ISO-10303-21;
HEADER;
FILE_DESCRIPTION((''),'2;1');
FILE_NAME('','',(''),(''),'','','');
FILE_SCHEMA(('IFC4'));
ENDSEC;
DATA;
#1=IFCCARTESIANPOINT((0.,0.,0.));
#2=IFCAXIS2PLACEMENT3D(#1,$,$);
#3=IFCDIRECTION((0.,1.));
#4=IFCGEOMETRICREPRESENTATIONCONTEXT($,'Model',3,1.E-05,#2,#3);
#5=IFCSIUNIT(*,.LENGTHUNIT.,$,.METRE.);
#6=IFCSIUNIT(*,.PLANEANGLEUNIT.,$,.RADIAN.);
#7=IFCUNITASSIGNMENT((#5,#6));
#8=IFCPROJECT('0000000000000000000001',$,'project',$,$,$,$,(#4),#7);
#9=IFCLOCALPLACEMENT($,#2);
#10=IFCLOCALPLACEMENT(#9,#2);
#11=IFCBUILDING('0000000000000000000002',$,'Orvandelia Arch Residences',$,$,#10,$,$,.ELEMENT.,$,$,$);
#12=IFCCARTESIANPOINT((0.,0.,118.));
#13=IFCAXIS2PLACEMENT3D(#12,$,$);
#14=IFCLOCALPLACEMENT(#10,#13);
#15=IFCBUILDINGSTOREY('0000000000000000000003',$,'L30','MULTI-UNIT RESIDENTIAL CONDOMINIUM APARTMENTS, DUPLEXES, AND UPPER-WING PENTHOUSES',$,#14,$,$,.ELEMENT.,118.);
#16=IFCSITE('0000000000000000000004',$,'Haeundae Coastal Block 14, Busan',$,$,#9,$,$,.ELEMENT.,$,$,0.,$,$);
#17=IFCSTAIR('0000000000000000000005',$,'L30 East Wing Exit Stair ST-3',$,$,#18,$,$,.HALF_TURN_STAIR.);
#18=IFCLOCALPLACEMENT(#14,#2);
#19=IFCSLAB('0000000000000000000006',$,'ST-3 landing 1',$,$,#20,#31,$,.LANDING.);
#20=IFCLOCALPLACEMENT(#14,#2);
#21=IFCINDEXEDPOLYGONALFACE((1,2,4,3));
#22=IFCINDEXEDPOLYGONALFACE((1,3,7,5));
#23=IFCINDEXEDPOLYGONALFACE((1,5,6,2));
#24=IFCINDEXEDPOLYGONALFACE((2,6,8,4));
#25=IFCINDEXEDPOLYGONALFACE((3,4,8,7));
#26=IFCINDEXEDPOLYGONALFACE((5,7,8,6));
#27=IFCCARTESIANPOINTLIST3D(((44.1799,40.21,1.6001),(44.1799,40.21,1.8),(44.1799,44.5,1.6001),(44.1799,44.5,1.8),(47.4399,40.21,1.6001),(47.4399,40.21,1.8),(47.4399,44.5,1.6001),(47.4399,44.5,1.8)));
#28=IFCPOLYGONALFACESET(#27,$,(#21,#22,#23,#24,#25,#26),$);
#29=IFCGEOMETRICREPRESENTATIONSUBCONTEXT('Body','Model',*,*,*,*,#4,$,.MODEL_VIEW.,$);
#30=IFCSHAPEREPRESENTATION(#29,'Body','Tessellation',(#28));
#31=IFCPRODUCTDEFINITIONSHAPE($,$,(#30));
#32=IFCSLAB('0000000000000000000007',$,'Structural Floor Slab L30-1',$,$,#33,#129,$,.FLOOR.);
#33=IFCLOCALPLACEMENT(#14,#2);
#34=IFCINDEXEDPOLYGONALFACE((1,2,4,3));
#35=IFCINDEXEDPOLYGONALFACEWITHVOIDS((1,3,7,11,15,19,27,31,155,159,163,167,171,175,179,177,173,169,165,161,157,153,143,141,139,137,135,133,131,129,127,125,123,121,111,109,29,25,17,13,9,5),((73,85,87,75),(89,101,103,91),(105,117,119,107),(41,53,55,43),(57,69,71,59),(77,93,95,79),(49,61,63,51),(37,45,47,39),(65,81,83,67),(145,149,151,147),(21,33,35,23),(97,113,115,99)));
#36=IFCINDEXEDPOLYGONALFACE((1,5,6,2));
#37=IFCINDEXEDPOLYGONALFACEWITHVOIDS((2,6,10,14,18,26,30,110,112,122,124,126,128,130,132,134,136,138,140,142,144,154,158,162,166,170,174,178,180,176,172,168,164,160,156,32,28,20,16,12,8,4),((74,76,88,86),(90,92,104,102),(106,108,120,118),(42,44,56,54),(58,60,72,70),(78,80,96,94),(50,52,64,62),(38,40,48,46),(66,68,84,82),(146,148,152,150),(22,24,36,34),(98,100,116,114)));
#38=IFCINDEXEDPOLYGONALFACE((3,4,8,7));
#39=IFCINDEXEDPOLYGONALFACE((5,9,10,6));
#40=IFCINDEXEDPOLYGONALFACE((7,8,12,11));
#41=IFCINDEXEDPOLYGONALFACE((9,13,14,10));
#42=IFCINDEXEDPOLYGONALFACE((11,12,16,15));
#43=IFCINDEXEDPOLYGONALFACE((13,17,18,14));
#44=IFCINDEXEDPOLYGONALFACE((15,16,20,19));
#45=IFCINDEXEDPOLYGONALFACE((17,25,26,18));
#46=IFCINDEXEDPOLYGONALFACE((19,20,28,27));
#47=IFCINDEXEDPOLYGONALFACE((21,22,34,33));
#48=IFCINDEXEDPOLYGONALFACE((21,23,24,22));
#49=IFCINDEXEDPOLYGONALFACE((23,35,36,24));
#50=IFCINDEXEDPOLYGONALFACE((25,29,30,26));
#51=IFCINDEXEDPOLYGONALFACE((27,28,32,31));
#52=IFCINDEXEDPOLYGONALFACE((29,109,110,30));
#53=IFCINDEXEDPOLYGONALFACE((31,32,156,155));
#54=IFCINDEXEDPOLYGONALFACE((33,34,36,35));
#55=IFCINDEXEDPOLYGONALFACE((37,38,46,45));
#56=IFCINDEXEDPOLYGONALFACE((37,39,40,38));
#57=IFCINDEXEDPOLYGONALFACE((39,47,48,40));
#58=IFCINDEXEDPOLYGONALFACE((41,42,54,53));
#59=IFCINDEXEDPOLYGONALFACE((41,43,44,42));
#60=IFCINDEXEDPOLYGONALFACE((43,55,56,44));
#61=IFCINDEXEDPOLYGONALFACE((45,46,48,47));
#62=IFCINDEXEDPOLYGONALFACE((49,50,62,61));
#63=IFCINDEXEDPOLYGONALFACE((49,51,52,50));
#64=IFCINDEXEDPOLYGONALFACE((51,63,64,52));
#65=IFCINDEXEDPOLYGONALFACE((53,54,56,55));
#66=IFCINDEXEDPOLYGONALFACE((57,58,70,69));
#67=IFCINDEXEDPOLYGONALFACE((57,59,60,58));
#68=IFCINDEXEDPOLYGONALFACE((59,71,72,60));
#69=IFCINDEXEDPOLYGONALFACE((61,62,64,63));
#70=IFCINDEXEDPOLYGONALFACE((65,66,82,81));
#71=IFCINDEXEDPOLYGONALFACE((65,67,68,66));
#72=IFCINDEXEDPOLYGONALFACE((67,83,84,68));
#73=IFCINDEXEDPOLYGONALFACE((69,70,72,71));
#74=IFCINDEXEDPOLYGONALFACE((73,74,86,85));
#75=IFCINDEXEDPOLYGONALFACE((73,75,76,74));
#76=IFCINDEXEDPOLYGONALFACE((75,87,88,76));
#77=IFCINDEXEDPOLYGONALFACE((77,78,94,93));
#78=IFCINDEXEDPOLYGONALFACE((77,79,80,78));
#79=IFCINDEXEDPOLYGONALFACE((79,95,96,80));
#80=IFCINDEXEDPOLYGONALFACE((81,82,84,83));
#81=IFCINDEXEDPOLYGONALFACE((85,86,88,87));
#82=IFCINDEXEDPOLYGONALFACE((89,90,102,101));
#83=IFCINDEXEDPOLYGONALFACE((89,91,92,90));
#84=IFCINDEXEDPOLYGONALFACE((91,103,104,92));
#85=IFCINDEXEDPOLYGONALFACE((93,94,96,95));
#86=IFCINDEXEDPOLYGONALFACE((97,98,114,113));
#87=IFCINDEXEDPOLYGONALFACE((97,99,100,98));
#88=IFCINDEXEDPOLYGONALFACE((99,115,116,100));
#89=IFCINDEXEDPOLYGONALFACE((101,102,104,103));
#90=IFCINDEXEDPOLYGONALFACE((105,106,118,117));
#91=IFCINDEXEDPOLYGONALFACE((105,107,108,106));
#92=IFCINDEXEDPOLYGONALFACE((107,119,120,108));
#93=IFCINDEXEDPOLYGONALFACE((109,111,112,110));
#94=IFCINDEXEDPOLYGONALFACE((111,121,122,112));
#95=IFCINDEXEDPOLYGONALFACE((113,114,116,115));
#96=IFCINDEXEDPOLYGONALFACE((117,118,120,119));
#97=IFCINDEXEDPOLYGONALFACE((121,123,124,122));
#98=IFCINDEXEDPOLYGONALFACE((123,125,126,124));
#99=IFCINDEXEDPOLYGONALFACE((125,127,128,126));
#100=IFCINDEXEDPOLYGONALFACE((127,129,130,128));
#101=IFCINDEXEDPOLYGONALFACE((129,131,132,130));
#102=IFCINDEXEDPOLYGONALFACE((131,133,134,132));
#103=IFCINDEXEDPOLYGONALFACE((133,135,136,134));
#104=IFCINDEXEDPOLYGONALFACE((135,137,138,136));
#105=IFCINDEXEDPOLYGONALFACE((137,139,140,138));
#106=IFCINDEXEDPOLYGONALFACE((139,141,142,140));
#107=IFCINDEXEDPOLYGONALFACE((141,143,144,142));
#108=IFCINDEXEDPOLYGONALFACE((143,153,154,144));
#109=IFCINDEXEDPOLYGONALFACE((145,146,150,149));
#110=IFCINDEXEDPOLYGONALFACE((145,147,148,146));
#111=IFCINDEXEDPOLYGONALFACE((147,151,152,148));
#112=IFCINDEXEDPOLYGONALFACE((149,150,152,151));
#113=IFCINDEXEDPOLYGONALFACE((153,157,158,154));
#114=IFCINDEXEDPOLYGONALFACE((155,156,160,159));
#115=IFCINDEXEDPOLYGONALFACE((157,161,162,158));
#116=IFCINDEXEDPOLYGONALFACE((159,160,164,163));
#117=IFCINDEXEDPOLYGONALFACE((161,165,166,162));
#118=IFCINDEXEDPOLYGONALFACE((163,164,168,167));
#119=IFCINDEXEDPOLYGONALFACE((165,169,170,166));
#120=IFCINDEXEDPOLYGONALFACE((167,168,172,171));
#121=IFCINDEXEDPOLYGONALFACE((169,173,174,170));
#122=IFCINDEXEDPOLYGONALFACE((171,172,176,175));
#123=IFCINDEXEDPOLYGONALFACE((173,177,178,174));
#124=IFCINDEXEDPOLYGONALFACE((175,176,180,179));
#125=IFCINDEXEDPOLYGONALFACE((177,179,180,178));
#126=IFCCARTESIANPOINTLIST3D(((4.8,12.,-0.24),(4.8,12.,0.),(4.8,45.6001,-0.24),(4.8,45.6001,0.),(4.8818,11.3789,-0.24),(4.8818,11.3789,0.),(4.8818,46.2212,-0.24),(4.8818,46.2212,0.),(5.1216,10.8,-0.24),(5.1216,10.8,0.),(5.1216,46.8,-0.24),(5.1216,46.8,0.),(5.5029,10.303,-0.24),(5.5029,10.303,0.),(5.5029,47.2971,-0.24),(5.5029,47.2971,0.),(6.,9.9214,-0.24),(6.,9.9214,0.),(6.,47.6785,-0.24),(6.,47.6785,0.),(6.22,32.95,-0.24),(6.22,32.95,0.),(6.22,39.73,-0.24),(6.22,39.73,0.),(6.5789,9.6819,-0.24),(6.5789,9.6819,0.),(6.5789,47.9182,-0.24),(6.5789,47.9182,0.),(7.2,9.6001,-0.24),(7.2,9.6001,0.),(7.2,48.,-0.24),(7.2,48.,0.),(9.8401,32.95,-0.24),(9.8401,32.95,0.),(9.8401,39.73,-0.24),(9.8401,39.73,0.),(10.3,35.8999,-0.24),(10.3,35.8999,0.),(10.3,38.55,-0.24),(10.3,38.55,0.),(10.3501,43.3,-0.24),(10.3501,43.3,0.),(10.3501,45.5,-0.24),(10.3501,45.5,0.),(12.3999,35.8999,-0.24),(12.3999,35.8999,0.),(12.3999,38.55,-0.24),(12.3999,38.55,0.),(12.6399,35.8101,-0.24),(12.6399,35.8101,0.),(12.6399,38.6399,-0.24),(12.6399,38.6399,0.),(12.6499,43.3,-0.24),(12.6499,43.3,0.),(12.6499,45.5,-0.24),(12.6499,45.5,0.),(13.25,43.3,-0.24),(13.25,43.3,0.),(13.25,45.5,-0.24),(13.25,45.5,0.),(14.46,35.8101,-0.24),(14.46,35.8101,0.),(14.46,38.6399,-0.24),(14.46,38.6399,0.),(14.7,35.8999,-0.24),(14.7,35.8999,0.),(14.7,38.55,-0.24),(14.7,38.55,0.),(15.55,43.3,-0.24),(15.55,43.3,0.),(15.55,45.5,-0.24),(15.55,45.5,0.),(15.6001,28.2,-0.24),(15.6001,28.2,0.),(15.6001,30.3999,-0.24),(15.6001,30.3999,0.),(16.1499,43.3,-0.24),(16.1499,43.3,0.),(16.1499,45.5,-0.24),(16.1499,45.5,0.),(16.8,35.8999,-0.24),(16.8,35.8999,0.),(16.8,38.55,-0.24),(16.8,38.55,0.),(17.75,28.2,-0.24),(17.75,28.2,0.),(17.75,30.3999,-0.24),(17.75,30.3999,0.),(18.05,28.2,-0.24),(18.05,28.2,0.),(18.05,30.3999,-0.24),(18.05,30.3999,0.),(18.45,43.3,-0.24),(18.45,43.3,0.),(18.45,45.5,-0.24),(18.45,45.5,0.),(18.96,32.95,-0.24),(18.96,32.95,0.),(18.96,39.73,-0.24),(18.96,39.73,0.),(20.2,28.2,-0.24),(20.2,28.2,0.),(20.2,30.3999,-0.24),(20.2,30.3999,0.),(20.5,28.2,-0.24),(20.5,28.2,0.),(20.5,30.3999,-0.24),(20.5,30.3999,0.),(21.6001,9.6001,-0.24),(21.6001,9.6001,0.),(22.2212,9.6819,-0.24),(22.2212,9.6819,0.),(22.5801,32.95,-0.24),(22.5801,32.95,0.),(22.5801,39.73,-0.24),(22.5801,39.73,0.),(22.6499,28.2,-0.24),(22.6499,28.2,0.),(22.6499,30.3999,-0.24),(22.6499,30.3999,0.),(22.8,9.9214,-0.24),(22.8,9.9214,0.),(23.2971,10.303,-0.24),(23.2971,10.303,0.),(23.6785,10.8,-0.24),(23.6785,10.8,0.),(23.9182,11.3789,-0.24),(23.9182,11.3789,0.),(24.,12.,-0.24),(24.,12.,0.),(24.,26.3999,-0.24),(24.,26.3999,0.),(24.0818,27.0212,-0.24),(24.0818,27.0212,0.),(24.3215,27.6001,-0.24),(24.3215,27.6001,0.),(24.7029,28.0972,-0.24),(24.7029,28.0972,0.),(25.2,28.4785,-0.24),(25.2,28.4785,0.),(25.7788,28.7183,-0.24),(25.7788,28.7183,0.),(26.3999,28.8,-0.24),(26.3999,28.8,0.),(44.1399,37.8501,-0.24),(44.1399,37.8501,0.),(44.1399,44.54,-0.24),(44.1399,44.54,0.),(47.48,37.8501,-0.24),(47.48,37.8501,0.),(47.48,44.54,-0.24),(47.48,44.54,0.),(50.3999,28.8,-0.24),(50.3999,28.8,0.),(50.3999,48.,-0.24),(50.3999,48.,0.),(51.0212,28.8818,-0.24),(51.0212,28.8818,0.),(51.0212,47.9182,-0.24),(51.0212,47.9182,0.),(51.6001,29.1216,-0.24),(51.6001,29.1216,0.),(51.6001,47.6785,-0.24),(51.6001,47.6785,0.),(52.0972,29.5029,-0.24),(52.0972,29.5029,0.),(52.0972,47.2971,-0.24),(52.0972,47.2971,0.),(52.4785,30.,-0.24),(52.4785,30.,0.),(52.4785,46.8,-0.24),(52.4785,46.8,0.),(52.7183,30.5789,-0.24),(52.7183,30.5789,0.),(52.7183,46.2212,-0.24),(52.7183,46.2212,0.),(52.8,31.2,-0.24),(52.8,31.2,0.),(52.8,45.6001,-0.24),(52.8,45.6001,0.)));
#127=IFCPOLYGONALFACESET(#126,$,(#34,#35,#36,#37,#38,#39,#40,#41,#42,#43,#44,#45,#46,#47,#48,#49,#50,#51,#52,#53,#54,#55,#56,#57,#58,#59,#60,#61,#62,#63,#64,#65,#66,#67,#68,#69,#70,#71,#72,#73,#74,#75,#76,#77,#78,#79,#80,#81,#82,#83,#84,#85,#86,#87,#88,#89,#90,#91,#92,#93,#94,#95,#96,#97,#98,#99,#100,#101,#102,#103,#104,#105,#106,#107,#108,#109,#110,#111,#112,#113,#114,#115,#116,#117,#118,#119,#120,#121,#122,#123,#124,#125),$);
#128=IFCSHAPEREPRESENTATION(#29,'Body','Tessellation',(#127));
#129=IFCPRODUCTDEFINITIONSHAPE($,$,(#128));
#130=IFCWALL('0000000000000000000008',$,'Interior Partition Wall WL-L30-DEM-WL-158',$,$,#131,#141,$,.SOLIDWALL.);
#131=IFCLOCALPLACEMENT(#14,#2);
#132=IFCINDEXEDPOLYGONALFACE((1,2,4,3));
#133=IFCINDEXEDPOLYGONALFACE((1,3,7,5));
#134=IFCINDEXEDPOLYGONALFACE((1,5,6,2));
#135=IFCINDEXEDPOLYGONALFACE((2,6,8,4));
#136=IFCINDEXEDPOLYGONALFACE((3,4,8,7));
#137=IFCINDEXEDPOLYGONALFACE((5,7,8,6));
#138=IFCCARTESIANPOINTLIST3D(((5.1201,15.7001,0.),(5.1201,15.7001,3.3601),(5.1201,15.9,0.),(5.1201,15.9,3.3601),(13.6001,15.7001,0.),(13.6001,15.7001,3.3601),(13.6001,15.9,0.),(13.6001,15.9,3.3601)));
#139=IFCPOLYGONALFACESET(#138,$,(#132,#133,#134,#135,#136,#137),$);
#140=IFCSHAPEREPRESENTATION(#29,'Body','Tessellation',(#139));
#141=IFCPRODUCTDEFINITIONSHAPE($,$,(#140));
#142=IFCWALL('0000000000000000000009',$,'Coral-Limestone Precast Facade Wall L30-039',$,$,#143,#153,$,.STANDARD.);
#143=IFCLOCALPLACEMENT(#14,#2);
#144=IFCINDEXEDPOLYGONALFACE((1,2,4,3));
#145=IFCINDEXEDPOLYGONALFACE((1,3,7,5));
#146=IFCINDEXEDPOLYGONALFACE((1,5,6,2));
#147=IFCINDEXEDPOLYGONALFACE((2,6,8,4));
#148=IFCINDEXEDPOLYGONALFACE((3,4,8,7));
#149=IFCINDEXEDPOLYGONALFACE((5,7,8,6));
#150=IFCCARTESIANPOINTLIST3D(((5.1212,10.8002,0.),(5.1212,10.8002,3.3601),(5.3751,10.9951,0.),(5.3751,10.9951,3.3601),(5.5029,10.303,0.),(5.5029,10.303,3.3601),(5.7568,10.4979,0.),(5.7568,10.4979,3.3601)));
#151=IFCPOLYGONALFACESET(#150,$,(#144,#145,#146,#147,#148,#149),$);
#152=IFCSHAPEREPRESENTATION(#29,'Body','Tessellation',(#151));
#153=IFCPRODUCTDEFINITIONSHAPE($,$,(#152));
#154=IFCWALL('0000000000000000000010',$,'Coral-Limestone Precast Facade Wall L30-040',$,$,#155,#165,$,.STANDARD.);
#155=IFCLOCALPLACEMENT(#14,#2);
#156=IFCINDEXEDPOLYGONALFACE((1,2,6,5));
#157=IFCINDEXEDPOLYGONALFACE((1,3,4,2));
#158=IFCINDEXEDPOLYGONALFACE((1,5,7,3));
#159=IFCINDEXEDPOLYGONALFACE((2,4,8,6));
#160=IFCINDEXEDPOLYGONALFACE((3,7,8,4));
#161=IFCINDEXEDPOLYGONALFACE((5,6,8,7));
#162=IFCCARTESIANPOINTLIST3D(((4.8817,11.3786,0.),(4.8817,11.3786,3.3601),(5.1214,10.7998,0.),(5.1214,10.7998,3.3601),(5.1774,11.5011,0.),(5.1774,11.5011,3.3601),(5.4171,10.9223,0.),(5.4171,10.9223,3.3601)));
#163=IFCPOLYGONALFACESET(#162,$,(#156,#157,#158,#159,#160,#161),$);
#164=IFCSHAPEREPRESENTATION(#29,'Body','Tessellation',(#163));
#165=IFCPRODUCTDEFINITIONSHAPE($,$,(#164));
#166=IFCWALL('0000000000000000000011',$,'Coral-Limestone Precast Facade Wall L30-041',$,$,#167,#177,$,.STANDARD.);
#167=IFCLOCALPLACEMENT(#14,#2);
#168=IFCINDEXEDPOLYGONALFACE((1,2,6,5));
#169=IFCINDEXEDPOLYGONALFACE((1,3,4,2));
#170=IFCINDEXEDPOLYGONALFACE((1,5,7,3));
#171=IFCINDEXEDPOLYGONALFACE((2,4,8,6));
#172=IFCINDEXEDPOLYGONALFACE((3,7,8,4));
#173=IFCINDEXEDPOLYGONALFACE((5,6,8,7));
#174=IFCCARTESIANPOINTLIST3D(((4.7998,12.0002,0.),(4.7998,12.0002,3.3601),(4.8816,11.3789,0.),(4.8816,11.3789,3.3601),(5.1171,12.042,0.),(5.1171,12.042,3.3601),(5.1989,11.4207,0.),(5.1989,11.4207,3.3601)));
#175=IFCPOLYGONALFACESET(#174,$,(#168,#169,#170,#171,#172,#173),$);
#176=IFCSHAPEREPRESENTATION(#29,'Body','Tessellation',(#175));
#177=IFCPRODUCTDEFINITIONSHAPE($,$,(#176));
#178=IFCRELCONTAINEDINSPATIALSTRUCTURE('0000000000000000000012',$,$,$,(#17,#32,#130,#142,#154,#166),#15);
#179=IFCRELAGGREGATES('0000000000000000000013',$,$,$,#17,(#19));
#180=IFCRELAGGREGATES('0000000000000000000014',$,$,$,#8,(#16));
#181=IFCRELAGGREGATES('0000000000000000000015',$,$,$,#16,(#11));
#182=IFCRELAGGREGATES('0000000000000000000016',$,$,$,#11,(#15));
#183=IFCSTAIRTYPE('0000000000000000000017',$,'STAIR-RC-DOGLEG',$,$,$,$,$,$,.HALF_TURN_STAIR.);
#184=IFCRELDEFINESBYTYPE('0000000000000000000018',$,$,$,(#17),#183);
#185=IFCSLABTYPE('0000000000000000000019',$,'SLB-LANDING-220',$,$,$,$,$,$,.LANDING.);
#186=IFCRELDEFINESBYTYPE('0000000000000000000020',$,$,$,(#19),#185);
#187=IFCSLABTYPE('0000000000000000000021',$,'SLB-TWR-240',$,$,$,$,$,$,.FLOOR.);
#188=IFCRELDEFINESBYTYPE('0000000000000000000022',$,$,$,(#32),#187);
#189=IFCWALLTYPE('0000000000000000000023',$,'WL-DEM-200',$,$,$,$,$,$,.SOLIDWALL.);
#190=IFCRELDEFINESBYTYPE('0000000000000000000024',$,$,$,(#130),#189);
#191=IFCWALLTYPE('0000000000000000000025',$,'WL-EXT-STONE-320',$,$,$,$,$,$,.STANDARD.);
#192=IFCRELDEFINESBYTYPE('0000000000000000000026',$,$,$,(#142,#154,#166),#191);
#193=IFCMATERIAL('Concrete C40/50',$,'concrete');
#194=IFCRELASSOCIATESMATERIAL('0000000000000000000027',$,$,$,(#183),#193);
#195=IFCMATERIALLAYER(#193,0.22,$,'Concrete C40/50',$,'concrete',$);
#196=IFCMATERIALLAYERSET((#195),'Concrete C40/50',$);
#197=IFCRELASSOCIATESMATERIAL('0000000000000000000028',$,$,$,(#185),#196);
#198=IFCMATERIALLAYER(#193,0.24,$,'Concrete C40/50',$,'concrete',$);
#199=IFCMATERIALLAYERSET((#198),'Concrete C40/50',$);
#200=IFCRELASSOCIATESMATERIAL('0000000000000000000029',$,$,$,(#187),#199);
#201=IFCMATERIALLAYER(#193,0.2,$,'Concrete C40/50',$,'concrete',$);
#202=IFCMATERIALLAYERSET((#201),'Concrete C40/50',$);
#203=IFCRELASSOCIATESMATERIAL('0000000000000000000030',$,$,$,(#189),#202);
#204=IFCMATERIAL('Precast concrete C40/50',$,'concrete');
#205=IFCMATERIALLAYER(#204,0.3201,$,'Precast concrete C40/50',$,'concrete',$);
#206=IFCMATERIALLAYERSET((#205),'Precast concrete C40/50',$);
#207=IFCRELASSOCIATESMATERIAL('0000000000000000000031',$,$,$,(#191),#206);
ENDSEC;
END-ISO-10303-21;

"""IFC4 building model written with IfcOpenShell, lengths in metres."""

from ifc_helpers import new_model, si_unit, direction, frame, frame_2d, origin, place, context, subcontext, project, spatial, polyline, rectangle, outline, extrude, material, layer, layer_set, type_object, element, aggregate, save


model = new_model("IFC4")

# Units and contexts
model_context = context("Model", 3, precision=1e-05, world=origin(), true_north=direction((0.0, 1.0)))
body_context = subcontext(model_context, "Body", "Model", "MODEL_VIEW")
ifc_project = project(units=[si_unit("LENGTHUNIT", "METRE"), si_unit("PLANEANGLEUNIT", "RADIAN")], contexts=[model_context])

# Site, building, storey
site_placement = place(None, origin())
site = spatial("IfcSite", under=ifc_project, at=site_placement, Name="Haeundae Coastal Block 14, Busan", CompositionType="ELEMENT", RefElevation=0.0)
building_placement = place(site_placement, origin())
building = spatial("IfcBuilding", under=site, at=building_placement, Name="Orvandelia Arch Residences", CompositionType="ELEMENT")
storey_placement = place(building_placement, frame((0.0, 0.0, 118.0)))
storey = spatial("IfcBuildingStorey", under=building, at=storey_placement, Name="L30", Description="MULTI-UNIT RESIDENTIAL CONDOMINIUM APARTMENTS, DUPLEXES, AND UPPER-WING PENTHOUSES", CompositionType="ELEMENT", Elevation=118.0)

# Shared definitions
ifc_material_1 = material(Name="Precast concrete C40/50", Category="concrete")

# Stair, slab
ifc_material_2 = material(Name="Concrete C40/50", Category="concrete")
stair_type = type_object("IfcStairType", Name="STAIR-RC-DOGLEG", PredefinedType="HALF_TURN_STAIR", material=ifc_material_2)
ifc_layer_1 = layer(ifc_material_2, 0.22, Name="Concrete C40/50", Category="concrete")
ifc_layer_set_1 = layer_set([ifc_layer_1], Name="Concrete C40/50")
slab_type_1 = type_object("IfcSlabType", Name="SLB-LANDING-220", PredefinedType="LANDING", material=ifc_layer_set_1)
stair_1_placement = place(storey_placement, origin())
stair_1 = element("IfcStair", 1, at=stair_1_placement, inside=storey, type_object=stair_type, Name="L30 East Wing Exit Stair ST-3", PredefinedType="HALF_TURN_STAIR")
slab_1_placement = place(storey_placement, frame((0.0, 0.0, 1.6001)))
slab_1 = element("IfcSlab", 2, at=slab_1_placement, type_object=slab_type_1, Name="ST-3 landing 1", PredefinedType="LANDING", context=body_context, shape_type="SweptSolid", body=[
    extrude(outline(polyline([(47.4399, 40.21), (47.4399, 44.5), (44.1799, 44.5), (44.1799, 40.21), (47.4399, 40.21)])), origin(), (0.0, 0.0, 1.0), 0.2),
])
aggregate(stair_1, [slab_1])

# Slab
ifc_layer_2 = layer(ifc_material_2, 0.24, Name="Concrete C40/50", Category="concrete")
ifc_layer_set_2 = layer_set([ifc_layer_2], Name="Concrete C40/50")
slab_type_2 = type_object("IfcSlabType", Name="SLB-TWR-240", PredefinedType="FLOOR", material=ifc_layer_set_2)
slab_2_placement = place(storey_placement, frame((0.0, 0.0, -0.24)))
element("IfcSlab", 3, at=slab_2_placement, inside=storey, type_object=slab_type_2, Name="Structural Floor Slab L30-1", PredefinedType="FLOOR", context=body_context, shape_type="SweptSolid", body=[
    extrude(outline(polyline([(4.8, 12.0), (4.8818, 11.3789), (5.1216, 10.8), (5.5029, 10.303), (6.0, 9.9214), (6.5789, 9.6819), (7.2, 9.6001), (21.6001, 9.6001), (22.2212, 9.6819), (22.8, 9.9214), (23.2971, 10.303), (23.6785, 10.8), (23.9182, 11.3789), (24.0, 12.0), (24.0, 26.3999), (24.0818, 27.0212), (24.3215, 27.6001), (24.7029, 28.0972), (25.2, 28.4785), (25.7788, 28.7183), (26.3999, 28.8), (50.3999, 28.8), (51.0212, 28.8818), (51.6001, 29.1216), (52.0972, 29.5029), (52.4785, 30.0), (52.7183, 30.5789), (52.8, 31.2), (52.8, 45.6001), (52.7183, 46.2212), (52.4785, 46.8), (52.0972, 47.2971), (51.6001, 47.6785), (51.0212, 47.9182), (50.3999, 48.0), (7.2, 48.0), (6.5789, 47.9182), (6.0, 47.6785), (5.5029, 47.2971), (5.1216, 46.8), (4.8818, 46.2212), (4.8, 45.6001), (4.8, 12.0)]), holes=[polyline([(6.22, 32.95), (9.8401, 32.95), (9.8401, 39.73), (6.22, 39.73), (6.22, 32.95)]), polyline([(18.96, 32.95), (22.5801, 32.95), (22.5801, 39.73), (18.96, 39.73), (18.96, 32.95)]), polyline([(44.1399, 37.8501), (47.48, 37.8501), (47.48, 44.54), (44.1399, 44.54), (44.1399, 37.8501)]), polyline([(12.6399, 35.8101), (14.46, 35.8101), (14.46, 38.6399), (12.6399, 38.6399), (12.6399, 35.8101)]), polyline([(10.3, 35.8999), (12.3999, 35.8999), (12.3999, 38.55), (10.3, 38.55), (10.3, 35.8999)]), polyline([(14.7, 35.8999), (16.8, 35.8999), (16.8, 38.55), (14.7, 38.55), (14.7, 35.8999)]), polyline([(10.3501, 43.3), (12.6499, 43.3), (12.6499, 45.5), (10.3501, 45.5), (10.3501, 43.3)]), polyline([(13.25, 43.3), (15.55, 43.3), (15.55, 45.5), (13.25, 45.5), (13.25, 43.3)]), polyline([(16.1499, 43.3), (18.45, 43.3), (18.45, 45.5), (16.1499, 45.5), (16.1499, 43.3)]), polyline([(15.6001, 28.2), (17.75, 28.2), (17.75, 30.3999), (15.6001, 30.3999), (15.6001, 28.2)]), polyline([(18.05, 28.2), (20.2, 28.2), (20.2, 30.3999), (18.05, 30.3999), (18.05, 28.2)]), polyline([(20.5, 28.2), (22.6499, 28.2), (22.6499, 30.3999), (20.5, 30.3999), (20.5, 28.2)])]), origin(), (0.0, 0.0, 1.0), 0.24),
])

# Walls
ifc_layer_3 = layer(ifc_material_2, 0.2, Name="Concrete C40/50", Category="concrete")
ifc_layer_set_3 = layer_set([ifc_layer_3], Name="Concrete C40/50")
wall_type_1 = type_object("IfcWallType", Name="WL-DEM-200", PredefinedType="SOLIDWALL", material=ifc_layer_set_3)
wall_1_placement = place(storey_placement, frame((5.1201, 15.8, 0.0), z_axis=(0.0, 0.0, 1.0), x_axis=(1.0, 0.0, 0.0)))
element("IfcWall", 4, at=wall_1_placement, inside=storey, type_object=wall_type_1, Name="Interior Partition Wall WL-L30-DEM-WL-158", PredefinedType="SOLIDWALL", context=body_context, shape_type="SweptSolid", body=[
    extrude(rectangle(XDim=8.48, YDim=0.2, at=frame_2d((4.24, 0.0))), origin(), (0.0, 0.0, 1.0), 3.3601),
])
ifc_layer_4 = layer(ifc_material_1, 0.3201, Name="Precast concrete C40/50", Category="concrete")
ifc_layer_set_4 = layer_set([ifc_layer_4], Name="Precast concrete C40/50")
wall_type_2 = type_object("IfcWallType", Name="WL-EXT-STONE-320", PredefinedType="STANDARD", material=ifc_layer_set_4)
wall_2_placement = place(storey_placement, frame((5.6299, 10.4004, 0.0), z_axis=(0.0, 0.0, 1.0), x_axis=(-0.608939, 0.793217, 0.0)))
element("IfcWall", 5, at=wall_2_placement, inside=storey, type_object=wall_type_2, Name="Coral-Limestone Precast Facade Wall L30-039", PredefinedType="STANDARD", context=body_context, shape_type="SweptSolid", body=[
    extrude(rectangle(XDim=0.6267, YDim=0.3201, at=frame_2d((0.3135, 0.0))), origin(), (0.0, 0.0, 1.0), 3.3601),
])
wall_3_placement = place(storey_placement, frame((5.2693, 10.8611, 0.0), z_axis=(0.0, 0.0, 1.0), x_axis=(-0.38265, 0.923893, 0.0)))
element("IfcWall", 6, at=wall_3_placement, inside=storey, type_object=wall_type_2, Name="Coral-Limestone Precast Facade Wall L30-040", PredefinedType="STANDARD", context=body_context, shape_type="SweptSolid", body=[
    extrude(rectangle(XDim=0.6265, YDim=0.3201, at=frame_2d((0.3132, 0.0))), origin(), (0.0, 0.0, 1.0), 3.3601),
])
wall_4_placement = place(storey_placement, frame((5.0403, 11.3997, 0.0), z_axis=(0.0, 0.0, 1.0), x_axis=(-0.130505, 0.991448, 0.0)))
element("IfcWall", 7, at=wall_4_placement, inside=storey, type_object=wall_type_2, Name="Coral-Limestone Precast Facade Wall L30-041", PredefinedType="STANDARD", context=body_context, shape_type="SweptSolid", body=[
    extrude(rectangle(XDim=0.6267, YDim=0.3201, at=frame_2d((0.3135, 0.0))), origin(), (0.0, 0.0, 1.0), 3.3601),
])

save(model, "model.ifc")
